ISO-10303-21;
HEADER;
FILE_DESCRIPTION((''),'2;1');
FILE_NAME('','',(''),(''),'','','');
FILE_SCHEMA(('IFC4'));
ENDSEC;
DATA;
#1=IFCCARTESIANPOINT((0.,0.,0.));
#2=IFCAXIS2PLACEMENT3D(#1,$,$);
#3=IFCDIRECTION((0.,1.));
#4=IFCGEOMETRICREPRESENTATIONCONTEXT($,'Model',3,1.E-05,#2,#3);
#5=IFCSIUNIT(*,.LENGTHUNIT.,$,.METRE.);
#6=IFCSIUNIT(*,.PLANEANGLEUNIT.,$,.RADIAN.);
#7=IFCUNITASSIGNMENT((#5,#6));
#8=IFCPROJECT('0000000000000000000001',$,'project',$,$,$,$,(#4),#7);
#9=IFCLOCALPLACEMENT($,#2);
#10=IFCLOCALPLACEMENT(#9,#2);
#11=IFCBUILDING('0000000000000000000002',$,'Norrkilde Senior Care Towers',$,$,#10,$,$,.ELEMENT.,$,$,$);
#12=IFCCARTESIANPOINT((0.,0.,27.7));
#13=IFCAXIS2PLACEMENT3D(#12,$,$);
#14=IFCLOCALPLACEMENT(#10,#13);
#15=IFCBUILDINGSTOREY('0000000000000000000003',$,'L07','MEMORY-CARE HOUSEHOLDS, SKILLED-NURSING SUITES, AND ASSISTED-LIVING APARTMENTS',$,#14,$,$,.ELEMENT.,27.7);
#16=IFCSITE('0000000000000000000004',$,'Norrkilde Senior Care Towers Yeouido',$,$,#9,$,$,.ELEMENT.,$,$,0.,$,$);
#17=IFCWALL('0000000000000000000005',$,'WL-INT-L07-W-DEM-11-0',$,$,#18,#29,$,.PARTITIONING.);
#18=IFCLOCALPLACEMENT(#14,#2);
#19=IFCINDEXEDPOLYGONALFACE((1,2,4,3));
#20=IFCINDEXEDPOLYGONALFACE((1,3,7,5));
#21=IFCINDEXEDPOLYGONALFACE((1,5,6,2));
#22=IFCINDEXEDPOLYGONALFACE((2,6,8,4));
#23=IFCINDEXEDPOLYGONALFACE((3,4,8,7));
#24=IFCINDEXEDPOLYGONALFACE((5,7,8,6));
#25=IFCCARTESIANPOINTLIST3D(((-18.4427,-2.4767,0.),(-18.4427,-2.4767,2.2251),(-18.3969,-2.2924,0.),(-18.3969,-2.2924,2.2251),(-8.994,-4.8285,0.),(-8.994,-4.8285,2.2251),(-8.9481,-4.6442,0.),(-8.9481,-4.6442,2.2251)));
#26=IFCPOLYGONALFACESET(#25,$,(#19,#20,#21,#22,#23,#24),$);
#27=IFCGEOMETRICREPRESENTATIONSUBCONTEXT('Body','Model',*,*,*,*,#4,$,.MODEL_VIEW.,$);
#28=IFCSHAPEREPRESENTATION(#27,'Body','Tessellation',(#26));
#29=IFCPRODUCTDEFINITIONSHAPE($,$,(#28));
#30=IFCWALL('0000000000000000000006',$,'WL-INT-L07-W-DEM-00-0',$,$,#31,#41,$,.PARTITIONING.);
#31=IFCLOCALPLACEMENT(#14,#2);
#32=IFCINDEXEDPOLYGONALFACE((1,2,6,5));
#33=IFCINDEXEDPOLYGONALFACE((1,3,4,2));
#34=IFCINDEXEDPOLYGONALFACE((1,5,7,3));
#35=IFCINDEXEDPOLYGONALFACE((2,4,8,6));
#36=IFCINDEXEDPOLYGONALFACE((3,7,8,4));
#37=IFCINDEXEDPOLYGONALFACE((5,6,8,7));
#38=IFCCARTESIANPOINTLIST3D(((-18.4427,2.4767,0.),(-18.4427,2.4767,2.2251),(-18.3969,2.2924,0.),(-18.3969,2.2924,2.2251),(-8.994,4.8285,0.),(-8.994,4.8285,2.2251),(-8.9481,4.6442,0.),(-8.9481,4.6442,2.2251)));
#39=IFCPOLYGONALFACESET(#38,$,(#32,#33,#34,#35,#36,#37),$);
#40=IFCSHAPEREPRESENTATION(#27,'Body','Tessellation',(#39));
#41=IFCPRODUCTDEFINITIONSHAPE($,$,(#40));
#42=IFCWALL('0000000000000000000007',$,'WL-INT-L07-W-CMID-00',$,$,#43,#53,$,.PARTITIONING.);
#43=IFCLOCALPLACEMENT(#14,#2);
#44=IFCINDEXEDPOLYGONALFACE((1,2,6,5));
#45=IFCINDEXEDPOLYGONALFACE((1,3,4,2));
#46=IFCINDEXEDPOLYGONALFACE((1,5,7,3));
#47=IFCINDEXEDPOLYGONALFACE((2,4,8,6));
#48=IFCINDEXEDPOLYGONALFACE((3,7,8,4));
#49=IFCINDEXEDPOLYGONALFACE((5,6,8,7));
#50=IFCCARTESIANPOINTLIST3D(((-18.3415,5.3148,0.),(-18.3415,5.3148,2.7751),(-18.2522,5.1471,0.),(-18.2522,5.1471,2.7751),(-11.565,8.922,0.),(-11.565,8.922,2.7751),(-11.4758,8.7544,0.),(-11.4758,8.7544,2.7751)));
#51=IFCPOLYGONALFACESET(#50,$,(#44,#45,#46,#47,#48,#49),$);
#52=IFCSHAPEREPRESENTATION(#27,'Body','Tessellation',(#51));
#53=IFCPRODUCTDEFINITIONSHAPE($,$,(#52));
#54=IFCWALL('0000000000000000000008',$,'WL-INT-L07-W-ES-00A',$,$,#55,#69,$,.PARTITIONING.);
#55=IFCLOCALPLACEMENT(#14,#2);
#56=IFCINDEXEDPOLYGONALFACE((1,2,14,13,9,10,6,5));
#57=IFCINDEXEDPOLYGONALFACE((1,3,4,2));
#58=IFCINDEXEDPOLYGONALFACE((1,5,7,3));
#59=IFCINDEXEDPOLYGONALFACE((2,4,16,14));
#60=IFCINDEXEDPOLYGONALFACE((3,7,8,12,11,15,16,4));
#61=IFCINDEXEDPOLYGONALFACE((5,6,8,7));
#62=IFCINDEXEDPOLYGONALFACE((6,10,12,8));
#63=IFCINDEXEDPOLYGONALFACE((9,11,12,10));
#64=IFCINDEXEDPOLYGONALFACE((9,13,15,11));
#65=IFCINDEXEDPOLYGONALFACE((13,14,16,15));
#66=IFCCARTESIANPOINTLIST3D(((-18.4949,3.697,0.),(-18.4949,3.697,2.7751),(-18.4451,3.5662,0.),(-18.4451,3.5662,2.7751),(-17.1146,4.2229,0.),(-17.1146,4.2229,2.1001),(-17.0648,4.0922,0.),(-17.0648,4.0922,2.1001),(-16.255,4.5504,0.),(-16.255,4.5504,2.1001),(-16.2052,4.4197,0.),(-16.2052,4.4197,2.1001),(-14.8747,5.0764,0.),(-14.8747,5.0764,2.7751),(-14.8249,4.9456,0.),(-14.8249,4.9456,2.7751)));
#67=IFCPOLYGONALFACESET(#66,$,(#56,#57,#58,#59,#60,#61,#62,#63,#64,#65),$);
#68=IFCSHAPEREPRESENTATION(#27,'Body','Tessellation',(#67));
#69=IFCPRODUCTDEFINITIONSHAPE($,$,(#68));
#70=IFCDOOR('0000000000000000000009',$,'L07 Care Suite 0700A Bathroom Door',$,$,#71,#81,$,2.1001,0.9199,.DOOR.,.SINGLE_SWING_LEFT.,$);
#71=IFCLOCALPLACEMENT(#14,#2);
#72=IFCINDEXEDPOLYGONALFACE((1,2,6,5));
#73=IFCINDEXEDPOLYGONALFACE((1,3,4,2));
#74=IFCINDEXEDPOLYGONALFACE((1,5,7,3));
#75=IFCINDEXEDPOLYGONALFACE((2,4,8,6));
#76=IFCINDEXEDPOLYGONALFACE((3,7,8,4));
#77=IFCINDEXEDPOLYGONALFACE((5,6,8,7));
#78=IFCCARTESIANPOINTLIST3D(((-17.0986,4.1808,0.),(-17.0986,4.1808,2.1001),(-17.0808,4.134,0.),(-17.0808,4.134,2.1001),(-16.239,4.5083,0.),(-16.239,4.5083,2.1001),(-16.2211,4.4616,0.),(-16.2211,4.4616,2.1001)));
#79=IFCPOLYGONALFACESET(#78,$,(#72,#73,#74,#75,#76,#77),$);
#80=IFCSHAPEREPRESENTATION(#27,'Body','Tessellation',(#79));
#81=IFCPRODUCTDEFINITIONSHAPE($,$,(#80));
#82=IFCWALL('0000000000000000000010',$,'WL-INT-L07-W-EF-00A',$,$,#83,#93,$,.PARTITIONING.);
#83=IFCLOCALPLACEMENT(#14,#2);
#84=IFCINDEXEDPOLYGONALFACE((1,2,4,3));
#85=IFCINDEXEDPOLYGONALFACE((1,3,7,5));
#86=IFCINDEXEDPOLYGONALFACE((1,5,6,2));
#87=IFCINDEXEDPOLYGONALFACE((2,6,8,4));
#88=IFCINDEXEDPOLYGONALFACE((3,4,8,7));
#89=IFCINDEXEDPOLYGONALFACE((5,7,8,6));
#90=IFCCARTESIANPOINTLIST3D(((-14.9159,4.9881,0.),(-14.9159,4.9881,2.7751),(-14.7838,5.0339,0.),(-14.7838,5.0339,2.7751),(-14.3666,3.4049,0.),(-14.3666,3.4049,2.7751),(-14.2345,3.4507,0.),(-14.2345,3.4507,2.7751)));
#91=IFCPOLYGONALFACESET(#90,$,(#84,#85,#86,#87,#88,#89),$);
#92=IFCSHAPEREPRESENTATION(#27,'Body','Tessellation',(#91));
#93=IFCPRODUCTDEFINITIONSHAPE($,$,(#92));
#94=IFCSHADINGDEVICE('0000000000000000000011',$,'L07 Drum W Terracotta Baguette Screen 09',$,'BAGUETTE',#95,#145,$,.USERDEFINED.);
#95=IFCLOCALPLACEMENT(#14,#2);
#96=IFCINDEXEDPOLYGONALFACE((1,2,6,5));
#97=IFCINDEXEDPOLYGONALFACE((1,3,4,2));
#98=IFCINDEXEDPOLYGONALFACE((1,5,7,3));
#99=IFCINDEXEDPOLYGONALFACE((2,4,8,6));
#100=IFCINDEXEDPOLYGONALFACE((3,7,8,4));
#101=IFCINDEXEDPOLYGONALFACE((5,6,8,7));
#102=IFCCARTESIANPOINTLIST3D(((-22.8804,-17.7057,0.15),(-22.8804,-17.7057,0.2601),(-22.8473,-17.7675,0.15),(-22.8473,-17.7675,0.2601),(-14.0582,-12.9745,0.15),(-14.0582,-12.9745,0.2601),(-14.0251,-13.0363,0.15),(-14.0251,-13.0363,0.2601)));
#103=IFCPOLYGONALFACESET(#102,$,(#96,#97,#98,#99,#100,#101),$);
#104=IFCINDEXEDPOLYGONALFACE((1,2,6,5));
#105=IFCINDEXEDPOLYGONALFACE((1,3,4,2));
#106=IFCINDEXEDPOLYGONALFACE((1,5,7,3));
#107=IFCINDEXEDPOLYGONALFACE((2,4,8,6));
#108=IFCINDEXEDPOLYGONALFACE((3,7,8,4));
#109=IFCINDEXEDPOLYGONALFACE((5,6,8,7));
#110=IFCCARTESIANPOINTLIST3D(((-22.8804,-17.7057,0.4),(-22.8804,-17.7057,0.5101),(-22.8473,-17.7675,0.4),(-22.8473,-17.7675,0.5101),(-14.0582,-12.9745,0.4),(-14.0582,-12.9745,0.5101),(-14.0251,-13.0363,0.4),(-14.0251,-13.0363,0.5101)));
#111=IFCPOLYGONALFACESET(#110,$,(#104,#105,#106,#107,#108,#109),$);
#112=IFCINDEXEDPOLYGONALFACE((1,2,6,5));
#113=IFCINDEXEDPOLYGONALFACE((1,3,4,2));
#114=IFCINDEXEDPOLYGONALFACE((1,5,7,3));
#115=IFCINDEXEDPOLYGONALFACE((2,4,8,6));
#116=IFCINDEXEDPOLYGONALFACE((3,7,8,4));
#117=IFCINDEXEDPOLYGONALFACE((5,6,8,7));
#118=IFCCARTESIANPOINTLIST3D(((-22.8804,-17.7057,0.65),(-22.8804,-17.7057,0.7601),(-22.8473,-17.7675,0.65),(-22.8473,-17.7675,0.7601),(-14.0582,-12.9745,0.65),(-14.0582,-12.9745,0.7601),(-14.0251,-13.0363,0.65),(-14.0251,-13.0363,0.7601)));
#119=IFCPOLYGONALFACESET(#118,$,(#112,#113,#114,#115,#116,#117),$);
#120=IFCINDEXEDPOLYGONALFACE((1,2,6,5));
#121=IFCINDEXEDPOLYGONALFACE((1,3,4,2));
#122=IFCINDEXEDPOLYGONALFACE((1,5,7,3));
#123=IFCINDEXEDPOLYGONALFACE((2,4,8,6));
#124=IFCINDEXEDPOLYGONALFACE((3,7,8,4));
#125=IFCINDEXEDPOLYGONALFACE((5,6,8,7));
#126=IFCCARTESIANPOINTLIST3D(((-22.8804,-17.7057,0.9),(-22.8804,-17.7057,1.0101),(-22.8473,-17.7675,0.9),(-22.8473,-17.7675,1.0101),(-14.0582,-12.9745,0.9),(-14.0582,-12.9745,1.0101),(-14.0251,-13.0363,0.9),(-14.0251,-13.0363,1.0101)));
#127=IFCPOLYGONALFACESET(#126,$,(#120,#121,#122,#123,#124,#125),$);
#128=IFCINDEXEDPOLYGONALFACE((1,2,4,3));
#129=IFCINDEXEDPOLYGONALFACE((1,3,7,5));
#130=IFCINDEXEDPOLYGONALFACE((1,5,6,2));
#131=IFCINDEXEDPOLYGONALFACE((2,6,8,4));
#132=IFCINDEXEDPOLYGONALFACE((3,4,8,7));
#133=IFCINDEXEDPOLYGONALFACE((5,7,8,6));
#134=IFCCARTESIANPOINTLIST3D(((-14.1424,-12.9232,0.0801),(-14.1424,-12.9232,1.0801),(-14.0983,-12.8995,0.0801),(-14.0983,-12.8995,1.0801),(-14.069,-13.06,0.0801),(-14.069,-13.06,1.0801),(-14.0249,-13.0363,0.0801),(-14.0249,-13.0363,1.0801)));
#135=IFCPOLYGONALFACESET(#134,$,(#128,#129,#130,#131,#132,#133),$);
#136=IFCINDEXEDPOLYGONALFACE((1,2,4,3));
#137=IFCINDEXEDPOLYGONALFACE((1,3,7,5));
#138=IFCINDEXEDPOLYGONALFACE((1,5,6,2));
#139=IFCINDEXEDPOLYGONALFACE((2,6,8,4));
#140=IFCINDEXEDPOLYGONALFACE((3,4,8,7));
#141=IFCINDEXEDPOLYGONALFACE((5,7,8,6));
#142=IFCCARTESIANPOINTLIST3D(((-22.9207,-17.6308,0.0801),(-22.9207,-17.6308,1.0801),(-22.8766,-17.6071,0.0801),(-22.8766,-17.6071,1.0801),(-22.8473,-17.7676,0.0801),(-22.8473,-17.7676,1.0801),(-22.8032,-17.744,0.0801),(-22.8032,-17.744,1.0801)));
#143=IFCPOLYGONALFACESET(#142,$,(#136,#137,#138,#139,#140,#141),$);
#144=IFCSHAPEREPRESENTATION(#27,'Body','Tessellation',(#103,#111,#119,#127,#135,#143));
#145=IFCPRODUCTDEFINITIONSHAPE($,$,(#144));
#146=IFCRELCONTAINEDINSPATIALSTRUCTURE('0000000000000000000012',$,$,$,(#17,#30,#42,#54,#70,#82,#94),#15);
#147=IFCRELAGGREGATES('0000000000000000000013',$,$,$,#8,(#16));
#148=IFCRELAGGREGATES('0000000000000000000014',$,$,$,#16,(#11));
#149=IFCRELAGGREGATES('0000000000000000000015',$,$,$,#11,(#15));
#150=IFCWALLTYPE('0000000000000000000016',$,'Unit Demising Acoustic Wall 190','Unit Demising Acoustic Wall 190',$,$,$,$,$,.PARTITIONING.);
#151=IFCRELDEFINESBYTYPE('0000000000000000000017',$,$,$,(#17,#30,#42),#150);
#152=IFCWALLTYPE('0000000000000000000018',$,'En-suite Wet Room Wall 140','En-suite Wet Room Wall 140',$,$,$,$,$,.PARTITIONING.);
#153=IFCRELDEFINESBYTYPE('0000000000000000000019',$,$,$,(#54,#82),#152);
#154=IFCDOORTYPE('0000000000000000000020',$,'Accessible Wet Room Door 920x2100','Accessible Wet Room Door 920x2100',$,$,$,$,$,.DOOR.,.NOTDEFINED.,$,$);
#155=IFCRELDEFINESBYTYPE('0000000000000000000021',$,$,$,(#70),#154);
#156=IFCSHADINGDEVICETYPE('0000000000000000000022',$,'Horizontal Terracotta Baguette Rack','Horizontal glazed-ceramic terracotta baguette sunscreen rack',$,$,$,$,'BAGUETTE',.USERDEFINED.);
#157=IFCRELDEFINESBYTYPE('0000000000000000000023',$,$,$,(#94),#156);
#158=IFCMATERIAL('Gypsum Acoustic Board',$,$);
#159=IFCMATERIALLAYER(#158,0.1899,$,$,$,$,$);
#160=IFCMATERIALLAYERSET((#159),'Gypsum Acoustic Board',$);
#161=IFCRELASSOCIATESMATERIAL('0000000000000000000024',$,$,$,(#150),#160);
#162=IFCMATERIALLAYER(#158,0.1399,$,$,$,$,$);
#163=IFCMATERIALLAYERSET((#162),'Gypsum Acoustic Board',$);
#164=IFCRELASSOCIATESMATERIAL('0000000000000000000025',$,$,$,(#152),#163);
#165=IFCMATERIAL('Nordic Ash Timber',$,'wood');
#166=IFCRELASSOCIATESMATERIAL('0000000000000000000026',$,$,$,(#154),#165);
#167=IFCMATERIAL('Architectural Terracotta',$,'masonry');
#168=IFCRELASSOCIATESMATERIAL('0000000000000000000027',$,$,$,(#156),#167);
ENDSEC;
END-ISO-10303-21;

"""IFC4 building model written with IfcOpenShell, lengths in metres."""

from ifc_helpers import new_model, si_unit, direction, frame, frame_2d, origin, origin_2d, place, context, subcontext, project, spatial, rectangle, extrude, source, transform, mapped, material, layer, layer_set, type_object, type_shapes, element, fill, save


model = new_model("IFC4")

# Units and contexts
model_context = context("Model", 3, precision=1e-05, world=origin(), true_north=direction((0.0, 1.0)))
body_context = subcontext(model_context, "Body", "Model", "MODEL_VIEW")
ifc_project = project(units=[si_unit("LENGTHUNIT", "METRE"), si_unit("PLANEANGLEUNIT", "RADIAN")], contexts=[model_context])

# Site, building, storey
site_placement = place(None, origin())
site = spatial("IfcSite", under=ifc_project, at=site_placement, Name="Norrkilde Senior Care Towers Yeouido", CompositionType="ELEMENT", RefElevation=0.0)
building_placement = place(site_placement, origin())
building = spatial("IfcBuilding", under=site, at=building_placement, Name="Norrkilde Senior Care Towers", CompositionType="ELEMENT")
storey_placement = place(building_placement, frame((0.0, 0.0, 27.7)))
storey = spatial("IfcBuildingStorey", under=building, at=storey_placement, Name="L07", Description="MEMORY-CARE HOUSEHOLDS, SKILLED-NURSING SUITES, AND ASSISTED-LIVING APARTMENTS", CompositionType="ELEMENT", Elevation=27.7)

# Walls
ifc_material_1 = material(Name="Gypsum Acoustic Board")
ifc_layer_1 = layer(ifc_material_1, 0.1899)
ifc_layer_set_1 = layer_set([ifc_layer_1], Name="Gypsum Acoustic Board")
wall_type_1 = type_object("IfcWallType", Name="Unit Demising Acoustic Wall 190", Description="Unit Demising Acoustic Wall 190", PredefinedType="PARTITIONING", material=ifc_layer_set_1)
shared_shape_1 = source(origin(), body_context, "Body", "SweptSolid", [
    extrude(rectangle(XDim=9.7371, YDim=0.1899, at=frame_2d((4.8687, 0.0))), origin(), (0.0, 0.0, 1.0), 2.2251),
])
for number, where, z_axis, x_axis, name in (
    (1, (-18.4199, -2.3845, 0.0), (0.0, 0.0, 1.0), (0.970393, -0.241533, 0.0), "WL-INT-L07-W-DEM-11-0"),
    (2, (-18.4199, 2.3845, 0.0), (0.0, 0.0, 1.0), (0.970393, 0.241533, 0.0), "WL-INT-L07-W-DEM-00-0"),
):
    element("IfcWall", number, at=place(storey_placement, frame(where, z_axis=z_axis, x_axis=x_axis)), inside=storey, type_object=wall_type_1, Name=name, PredefinedType="PARTITIONING", context=body_context, shape_type="MappedRepresentation", body=[
        mapped(shared_shape_1, transform((0.0, 0.0, 0.0), x_axis=(1.0, 0.0, 0.0), y_axis=(0.0, 1.0, 0.0), z_axis=(0.0, 0.0, 1.0), scale=1.0)),
    ])
shared_shape_2 = source(origin(), body_context, "Body", "SweptSolid", [
    extrude(rectangle(XDim=7.6768, YDim=0.1899, at=frame_2d((3.8384, 0.0))), origin(), (0.0, 0.0, 1.0), 2.7751),
])
type_shapes(wall_type_1, [shared_shape_1, shared_shape_2])
wall_1_placement = place(storey_placement, frame((-18.2969, 5.231, 0.0), z_axis=(0.0, 0.0, 1.0), x_axis=(0.882725, 0.46989, 0.0)))
element("IfcWall", 3, at=wall_1_placement, inside=storey, type_object=wall_type_1, Name="WL-INT-L07-W-CMID-00", PredefinedType="PARTITIONING", context=body_context, shape_type="MappedRepresentation", body=[
    mapped(shared_shape_2, transform((0.0, 0.0, 0.0), x_axis=(1.0, 0.0, 0.0), y_axis=(0.0, 1.0, 0.0), z_axis=(0.0, 0.0, 1.0), scale=1.0)),
])

# Wall, opening, door
ifc_layer_2 = layer(ifc_material_1, 0.1399)
ifc_layer_set_2 = layer_set([ifc_layer_2], Name="Gypsum Acoustic Board")
wall_type_2 = type_object("IfcWallType", Name="En-suite Wet Room Wall 140", Description="En-suite Wet Room Wall 140", PredefinedType="PARTITIONING", material=ifc_layer_set_2)
shared_shape_3 = source(origin(), body_context, "Body", "SweptSolid", [
    extrude(rectangle(XDim=3.874, YDim=0.1399, at=frame_2d((1.937, 0.0))), origin(), (0.0, 0.0, 1.0), 2.7751),
])
wall_2_placement = place(storey_placement, frame((-18.47, 3.6316, 0.0), z_axis=(0.0, 0.0, 1.0), x_axis=(0.934462, 0.356063, 0.0)))
wall_2 = element("IfcWall", 4, at=wall_2_placement, inside=storey, type_object=wall_type_2, Name="WL-INT-L07-W-ES-00A", PredefinedType="PARTITIONING", context=body_context, shape_type="MappedRepresentation", body=[
    mapped(shared_shape_3, transform((0.0, 0.0, 0.0), x_axis=(1.0, 0.0, 0.0), y_axis=(0.0, 1.0, 0.0), z_axis=(0.0, 0.0, 1.0), scale=1.0)),
])
opening_placement = place(wall_2_placement, frame((1.4771, 0.0, 0.0)))
opening = element("IfcOpeningElement", 5, at=opening_placement, cuts=wall_2, PredefinedType="OPENING", context=body_context, shape_type="SweptSolid", body=[
    extrude(rectangle(XDim=0.9199, YDim=2.1001, at=frame_2d((0.46, 1.05))), frame((0.0, 0.0798, 0.0), z_axis=(0.0, -1.0, 0.0), x_axis=(1.0, 0.0, 0.0)), (0.0, 0.0, 1.0), 0.1599),
])
ifc_material_2 = material(Name="Nordic Ash Timber", Category="wood")
door_type = type_object("IfcDoorType", Name="Accessible Wet Room Door 920x2100", Description="Accessible Wet Room Door 920x2100", OperationType="NOTDEFINED", PredefinedType="DOOR", material=ifc_material_2)
shared_shape_4 = source(origin(), body_context, "Body", "SweptSolid", [
    extrude(rectangle(XDim=0.9199, YDim=2.1001, at=frame_2d((0.46, 1.05))), frame((0.0, 0.0249, 0.0), z_axis=(0.0, -1.0, 0.0), x_axis=(1.0, 0.0, 0.0)), (0.0, 0.0, 1.0), 0.05),
])
type_shapes(door_type, [shared_shape_4])
door_placement = place(opening_placement, origin())
door = element("IfcDoor", 6, at=door_placement, inside=storey, type_object=door_type, Name="L07 Care Suite 0700A Bathroom Door", OperationType="SINGLE_SWING_LEFT", OverallHeight=2.1001, OverallWidth=0.9199, PredefinedType="DOOR", context=body_context, shape_type="MappedRepresentation", body=[
    mapped(shared_shape_4, transform((0.0, 0.0, 0.0), x_axis=(1.0, 0.0, 0.0), y_axis=(0.0, 1.0, 0.0), z_axis=(0.0, 0.0, 1.0), scale=1.0)),
])
fill(opening, door)

# Wall
shared_shape_5 = source(origin(), body_context, "Body", "SweptSolid", [
    extrude(rectangle(XDim=1.6758, YDim=0.1399, at=frame_2d((0.8379, 0.0))), origin(), (0.0, 0.0, 1.0), 2.7751),
])
type_shapes(wall_type_2, [shared_shape_3, shared_shape_5])
wall_3_placement = place(storey_placement, frame((-14.8499, 5.011, 0.0), z_axis=(0.0, 0.0, 1.0), x_axis=(0.327786, -0.944752, 0.0)))
element("IfcWall", 7, at=wall_3_placement, inside=storey, type_object=wall_type_2, Name="WL-INT-L07-W-EF-00A", PredefinedType="PARTITIONING", context=body_context, shape_type="MappedRepresentation", body=[
    mapped(shared_shape_5, transform((0.0, 0.0, 0.0), x_axis=(1.0, 0.0, 0.0), y_axis=(0.0, 1.0, 0.0), z_axis=(0.0, 0.0, 1.0), scale=1.0)),
])

# Shading device
ifc_material_3 = material(Name="Architectural Terracotta", Category="masonry")
shading_device_type = type_object("IfcShadingDeviceType", Name="Horizontal Terracotta Baguette Rack", Description="Horizontal glazed-ceramic terracotta baguette sunscreen rack", ElementType="BAGUETTE", PredefinedType="USERDEFINED", material=ifc_material_3)
shared_shape_6 = source(origin(), body_context, "Body", "SweptSolid", [
    extrude(rectangle(XDim=0.0701, YDim=0.1101, at=origin_2d()), frame((0.0, 0.0901, 0.125), z_axis=(1.0, 0.0, 0.0), x_axis=(0.0, 1.0, 0.0)), (0.0, 0.0, 1.0), 10.0107),
    extrude(rectangle(XDim=0.0701, YDim=0.1101, at=origin_2d()), frame((0.0, 0.0901, 0.375), z_axis=(1.0, 0.0, 0.0), x_axis=(0.0, 1.0, 0.0)), (0.0, 0.0, 1.0), 10.0107),
    extrude(rectangle(XDim=0.0701, YDim=0.1101, at=origin_2d()), frame((0.0, 0.0901, 0.625), z_axis=(1.0, 0.0, 0.0), x_axis=(0.0, 1.0, 0.0)), (0.0, 0.0, 1.0), 10.0107),
    extrude(rectangle(XDim=0.0701, YDim=0.1101, at=origin_2d()), frame((0.0, 0.0901, 0.875), z_axis=(1.0, 0.0, 0.0), x_axis=(0.0, 1.0, 0.0)), (0.0, 0.0, 1.0), 10.0107),
    extrude(rectangle(XDim=0.05, YDim=0.1553, at=origin_2d()), frame((0.0249, 0.0476, 0.0)), (0.0, 0.0, 1.0), 1.0),
    extrude(rectangle(XDim=0.05, YDim=0.1553, at=origin_2d()), frame((9.9858, 0.0476, 0.0)), (0.0, 0.0, 1.0), 1.0),
])
type_shapes(shading_device_type, [shared_shape_6])
shading_device_placement = place(storey_placement, frame((-14.0842, -12.926, 0.0801), z_axis=(0.0, 0.0, 1.0), x_axis=(-0.88128, -0.472612, 0.0)))
element("IfcShadingDevice", 8, at=shading_device_placement, inside=storey, type_object=shading_device_type, Name="L07 Drum W Terracotta Baguette Screen 09", ObjectType="BAGUETTE", PredefinedType="USERDEFINED", context=body_context, shape_type="MappedRepresentation", body=[
    mapped(shared_shape_6, transform((0.0, 0.0, 0.0), x_axis=(1.0, 0.0, 0.0), y_axis=(0.0, 1.0, 0.0), z_axis=(0.0, 0.0, 1.0), scale=1.0)),
])

save(model, "model.ifc")
